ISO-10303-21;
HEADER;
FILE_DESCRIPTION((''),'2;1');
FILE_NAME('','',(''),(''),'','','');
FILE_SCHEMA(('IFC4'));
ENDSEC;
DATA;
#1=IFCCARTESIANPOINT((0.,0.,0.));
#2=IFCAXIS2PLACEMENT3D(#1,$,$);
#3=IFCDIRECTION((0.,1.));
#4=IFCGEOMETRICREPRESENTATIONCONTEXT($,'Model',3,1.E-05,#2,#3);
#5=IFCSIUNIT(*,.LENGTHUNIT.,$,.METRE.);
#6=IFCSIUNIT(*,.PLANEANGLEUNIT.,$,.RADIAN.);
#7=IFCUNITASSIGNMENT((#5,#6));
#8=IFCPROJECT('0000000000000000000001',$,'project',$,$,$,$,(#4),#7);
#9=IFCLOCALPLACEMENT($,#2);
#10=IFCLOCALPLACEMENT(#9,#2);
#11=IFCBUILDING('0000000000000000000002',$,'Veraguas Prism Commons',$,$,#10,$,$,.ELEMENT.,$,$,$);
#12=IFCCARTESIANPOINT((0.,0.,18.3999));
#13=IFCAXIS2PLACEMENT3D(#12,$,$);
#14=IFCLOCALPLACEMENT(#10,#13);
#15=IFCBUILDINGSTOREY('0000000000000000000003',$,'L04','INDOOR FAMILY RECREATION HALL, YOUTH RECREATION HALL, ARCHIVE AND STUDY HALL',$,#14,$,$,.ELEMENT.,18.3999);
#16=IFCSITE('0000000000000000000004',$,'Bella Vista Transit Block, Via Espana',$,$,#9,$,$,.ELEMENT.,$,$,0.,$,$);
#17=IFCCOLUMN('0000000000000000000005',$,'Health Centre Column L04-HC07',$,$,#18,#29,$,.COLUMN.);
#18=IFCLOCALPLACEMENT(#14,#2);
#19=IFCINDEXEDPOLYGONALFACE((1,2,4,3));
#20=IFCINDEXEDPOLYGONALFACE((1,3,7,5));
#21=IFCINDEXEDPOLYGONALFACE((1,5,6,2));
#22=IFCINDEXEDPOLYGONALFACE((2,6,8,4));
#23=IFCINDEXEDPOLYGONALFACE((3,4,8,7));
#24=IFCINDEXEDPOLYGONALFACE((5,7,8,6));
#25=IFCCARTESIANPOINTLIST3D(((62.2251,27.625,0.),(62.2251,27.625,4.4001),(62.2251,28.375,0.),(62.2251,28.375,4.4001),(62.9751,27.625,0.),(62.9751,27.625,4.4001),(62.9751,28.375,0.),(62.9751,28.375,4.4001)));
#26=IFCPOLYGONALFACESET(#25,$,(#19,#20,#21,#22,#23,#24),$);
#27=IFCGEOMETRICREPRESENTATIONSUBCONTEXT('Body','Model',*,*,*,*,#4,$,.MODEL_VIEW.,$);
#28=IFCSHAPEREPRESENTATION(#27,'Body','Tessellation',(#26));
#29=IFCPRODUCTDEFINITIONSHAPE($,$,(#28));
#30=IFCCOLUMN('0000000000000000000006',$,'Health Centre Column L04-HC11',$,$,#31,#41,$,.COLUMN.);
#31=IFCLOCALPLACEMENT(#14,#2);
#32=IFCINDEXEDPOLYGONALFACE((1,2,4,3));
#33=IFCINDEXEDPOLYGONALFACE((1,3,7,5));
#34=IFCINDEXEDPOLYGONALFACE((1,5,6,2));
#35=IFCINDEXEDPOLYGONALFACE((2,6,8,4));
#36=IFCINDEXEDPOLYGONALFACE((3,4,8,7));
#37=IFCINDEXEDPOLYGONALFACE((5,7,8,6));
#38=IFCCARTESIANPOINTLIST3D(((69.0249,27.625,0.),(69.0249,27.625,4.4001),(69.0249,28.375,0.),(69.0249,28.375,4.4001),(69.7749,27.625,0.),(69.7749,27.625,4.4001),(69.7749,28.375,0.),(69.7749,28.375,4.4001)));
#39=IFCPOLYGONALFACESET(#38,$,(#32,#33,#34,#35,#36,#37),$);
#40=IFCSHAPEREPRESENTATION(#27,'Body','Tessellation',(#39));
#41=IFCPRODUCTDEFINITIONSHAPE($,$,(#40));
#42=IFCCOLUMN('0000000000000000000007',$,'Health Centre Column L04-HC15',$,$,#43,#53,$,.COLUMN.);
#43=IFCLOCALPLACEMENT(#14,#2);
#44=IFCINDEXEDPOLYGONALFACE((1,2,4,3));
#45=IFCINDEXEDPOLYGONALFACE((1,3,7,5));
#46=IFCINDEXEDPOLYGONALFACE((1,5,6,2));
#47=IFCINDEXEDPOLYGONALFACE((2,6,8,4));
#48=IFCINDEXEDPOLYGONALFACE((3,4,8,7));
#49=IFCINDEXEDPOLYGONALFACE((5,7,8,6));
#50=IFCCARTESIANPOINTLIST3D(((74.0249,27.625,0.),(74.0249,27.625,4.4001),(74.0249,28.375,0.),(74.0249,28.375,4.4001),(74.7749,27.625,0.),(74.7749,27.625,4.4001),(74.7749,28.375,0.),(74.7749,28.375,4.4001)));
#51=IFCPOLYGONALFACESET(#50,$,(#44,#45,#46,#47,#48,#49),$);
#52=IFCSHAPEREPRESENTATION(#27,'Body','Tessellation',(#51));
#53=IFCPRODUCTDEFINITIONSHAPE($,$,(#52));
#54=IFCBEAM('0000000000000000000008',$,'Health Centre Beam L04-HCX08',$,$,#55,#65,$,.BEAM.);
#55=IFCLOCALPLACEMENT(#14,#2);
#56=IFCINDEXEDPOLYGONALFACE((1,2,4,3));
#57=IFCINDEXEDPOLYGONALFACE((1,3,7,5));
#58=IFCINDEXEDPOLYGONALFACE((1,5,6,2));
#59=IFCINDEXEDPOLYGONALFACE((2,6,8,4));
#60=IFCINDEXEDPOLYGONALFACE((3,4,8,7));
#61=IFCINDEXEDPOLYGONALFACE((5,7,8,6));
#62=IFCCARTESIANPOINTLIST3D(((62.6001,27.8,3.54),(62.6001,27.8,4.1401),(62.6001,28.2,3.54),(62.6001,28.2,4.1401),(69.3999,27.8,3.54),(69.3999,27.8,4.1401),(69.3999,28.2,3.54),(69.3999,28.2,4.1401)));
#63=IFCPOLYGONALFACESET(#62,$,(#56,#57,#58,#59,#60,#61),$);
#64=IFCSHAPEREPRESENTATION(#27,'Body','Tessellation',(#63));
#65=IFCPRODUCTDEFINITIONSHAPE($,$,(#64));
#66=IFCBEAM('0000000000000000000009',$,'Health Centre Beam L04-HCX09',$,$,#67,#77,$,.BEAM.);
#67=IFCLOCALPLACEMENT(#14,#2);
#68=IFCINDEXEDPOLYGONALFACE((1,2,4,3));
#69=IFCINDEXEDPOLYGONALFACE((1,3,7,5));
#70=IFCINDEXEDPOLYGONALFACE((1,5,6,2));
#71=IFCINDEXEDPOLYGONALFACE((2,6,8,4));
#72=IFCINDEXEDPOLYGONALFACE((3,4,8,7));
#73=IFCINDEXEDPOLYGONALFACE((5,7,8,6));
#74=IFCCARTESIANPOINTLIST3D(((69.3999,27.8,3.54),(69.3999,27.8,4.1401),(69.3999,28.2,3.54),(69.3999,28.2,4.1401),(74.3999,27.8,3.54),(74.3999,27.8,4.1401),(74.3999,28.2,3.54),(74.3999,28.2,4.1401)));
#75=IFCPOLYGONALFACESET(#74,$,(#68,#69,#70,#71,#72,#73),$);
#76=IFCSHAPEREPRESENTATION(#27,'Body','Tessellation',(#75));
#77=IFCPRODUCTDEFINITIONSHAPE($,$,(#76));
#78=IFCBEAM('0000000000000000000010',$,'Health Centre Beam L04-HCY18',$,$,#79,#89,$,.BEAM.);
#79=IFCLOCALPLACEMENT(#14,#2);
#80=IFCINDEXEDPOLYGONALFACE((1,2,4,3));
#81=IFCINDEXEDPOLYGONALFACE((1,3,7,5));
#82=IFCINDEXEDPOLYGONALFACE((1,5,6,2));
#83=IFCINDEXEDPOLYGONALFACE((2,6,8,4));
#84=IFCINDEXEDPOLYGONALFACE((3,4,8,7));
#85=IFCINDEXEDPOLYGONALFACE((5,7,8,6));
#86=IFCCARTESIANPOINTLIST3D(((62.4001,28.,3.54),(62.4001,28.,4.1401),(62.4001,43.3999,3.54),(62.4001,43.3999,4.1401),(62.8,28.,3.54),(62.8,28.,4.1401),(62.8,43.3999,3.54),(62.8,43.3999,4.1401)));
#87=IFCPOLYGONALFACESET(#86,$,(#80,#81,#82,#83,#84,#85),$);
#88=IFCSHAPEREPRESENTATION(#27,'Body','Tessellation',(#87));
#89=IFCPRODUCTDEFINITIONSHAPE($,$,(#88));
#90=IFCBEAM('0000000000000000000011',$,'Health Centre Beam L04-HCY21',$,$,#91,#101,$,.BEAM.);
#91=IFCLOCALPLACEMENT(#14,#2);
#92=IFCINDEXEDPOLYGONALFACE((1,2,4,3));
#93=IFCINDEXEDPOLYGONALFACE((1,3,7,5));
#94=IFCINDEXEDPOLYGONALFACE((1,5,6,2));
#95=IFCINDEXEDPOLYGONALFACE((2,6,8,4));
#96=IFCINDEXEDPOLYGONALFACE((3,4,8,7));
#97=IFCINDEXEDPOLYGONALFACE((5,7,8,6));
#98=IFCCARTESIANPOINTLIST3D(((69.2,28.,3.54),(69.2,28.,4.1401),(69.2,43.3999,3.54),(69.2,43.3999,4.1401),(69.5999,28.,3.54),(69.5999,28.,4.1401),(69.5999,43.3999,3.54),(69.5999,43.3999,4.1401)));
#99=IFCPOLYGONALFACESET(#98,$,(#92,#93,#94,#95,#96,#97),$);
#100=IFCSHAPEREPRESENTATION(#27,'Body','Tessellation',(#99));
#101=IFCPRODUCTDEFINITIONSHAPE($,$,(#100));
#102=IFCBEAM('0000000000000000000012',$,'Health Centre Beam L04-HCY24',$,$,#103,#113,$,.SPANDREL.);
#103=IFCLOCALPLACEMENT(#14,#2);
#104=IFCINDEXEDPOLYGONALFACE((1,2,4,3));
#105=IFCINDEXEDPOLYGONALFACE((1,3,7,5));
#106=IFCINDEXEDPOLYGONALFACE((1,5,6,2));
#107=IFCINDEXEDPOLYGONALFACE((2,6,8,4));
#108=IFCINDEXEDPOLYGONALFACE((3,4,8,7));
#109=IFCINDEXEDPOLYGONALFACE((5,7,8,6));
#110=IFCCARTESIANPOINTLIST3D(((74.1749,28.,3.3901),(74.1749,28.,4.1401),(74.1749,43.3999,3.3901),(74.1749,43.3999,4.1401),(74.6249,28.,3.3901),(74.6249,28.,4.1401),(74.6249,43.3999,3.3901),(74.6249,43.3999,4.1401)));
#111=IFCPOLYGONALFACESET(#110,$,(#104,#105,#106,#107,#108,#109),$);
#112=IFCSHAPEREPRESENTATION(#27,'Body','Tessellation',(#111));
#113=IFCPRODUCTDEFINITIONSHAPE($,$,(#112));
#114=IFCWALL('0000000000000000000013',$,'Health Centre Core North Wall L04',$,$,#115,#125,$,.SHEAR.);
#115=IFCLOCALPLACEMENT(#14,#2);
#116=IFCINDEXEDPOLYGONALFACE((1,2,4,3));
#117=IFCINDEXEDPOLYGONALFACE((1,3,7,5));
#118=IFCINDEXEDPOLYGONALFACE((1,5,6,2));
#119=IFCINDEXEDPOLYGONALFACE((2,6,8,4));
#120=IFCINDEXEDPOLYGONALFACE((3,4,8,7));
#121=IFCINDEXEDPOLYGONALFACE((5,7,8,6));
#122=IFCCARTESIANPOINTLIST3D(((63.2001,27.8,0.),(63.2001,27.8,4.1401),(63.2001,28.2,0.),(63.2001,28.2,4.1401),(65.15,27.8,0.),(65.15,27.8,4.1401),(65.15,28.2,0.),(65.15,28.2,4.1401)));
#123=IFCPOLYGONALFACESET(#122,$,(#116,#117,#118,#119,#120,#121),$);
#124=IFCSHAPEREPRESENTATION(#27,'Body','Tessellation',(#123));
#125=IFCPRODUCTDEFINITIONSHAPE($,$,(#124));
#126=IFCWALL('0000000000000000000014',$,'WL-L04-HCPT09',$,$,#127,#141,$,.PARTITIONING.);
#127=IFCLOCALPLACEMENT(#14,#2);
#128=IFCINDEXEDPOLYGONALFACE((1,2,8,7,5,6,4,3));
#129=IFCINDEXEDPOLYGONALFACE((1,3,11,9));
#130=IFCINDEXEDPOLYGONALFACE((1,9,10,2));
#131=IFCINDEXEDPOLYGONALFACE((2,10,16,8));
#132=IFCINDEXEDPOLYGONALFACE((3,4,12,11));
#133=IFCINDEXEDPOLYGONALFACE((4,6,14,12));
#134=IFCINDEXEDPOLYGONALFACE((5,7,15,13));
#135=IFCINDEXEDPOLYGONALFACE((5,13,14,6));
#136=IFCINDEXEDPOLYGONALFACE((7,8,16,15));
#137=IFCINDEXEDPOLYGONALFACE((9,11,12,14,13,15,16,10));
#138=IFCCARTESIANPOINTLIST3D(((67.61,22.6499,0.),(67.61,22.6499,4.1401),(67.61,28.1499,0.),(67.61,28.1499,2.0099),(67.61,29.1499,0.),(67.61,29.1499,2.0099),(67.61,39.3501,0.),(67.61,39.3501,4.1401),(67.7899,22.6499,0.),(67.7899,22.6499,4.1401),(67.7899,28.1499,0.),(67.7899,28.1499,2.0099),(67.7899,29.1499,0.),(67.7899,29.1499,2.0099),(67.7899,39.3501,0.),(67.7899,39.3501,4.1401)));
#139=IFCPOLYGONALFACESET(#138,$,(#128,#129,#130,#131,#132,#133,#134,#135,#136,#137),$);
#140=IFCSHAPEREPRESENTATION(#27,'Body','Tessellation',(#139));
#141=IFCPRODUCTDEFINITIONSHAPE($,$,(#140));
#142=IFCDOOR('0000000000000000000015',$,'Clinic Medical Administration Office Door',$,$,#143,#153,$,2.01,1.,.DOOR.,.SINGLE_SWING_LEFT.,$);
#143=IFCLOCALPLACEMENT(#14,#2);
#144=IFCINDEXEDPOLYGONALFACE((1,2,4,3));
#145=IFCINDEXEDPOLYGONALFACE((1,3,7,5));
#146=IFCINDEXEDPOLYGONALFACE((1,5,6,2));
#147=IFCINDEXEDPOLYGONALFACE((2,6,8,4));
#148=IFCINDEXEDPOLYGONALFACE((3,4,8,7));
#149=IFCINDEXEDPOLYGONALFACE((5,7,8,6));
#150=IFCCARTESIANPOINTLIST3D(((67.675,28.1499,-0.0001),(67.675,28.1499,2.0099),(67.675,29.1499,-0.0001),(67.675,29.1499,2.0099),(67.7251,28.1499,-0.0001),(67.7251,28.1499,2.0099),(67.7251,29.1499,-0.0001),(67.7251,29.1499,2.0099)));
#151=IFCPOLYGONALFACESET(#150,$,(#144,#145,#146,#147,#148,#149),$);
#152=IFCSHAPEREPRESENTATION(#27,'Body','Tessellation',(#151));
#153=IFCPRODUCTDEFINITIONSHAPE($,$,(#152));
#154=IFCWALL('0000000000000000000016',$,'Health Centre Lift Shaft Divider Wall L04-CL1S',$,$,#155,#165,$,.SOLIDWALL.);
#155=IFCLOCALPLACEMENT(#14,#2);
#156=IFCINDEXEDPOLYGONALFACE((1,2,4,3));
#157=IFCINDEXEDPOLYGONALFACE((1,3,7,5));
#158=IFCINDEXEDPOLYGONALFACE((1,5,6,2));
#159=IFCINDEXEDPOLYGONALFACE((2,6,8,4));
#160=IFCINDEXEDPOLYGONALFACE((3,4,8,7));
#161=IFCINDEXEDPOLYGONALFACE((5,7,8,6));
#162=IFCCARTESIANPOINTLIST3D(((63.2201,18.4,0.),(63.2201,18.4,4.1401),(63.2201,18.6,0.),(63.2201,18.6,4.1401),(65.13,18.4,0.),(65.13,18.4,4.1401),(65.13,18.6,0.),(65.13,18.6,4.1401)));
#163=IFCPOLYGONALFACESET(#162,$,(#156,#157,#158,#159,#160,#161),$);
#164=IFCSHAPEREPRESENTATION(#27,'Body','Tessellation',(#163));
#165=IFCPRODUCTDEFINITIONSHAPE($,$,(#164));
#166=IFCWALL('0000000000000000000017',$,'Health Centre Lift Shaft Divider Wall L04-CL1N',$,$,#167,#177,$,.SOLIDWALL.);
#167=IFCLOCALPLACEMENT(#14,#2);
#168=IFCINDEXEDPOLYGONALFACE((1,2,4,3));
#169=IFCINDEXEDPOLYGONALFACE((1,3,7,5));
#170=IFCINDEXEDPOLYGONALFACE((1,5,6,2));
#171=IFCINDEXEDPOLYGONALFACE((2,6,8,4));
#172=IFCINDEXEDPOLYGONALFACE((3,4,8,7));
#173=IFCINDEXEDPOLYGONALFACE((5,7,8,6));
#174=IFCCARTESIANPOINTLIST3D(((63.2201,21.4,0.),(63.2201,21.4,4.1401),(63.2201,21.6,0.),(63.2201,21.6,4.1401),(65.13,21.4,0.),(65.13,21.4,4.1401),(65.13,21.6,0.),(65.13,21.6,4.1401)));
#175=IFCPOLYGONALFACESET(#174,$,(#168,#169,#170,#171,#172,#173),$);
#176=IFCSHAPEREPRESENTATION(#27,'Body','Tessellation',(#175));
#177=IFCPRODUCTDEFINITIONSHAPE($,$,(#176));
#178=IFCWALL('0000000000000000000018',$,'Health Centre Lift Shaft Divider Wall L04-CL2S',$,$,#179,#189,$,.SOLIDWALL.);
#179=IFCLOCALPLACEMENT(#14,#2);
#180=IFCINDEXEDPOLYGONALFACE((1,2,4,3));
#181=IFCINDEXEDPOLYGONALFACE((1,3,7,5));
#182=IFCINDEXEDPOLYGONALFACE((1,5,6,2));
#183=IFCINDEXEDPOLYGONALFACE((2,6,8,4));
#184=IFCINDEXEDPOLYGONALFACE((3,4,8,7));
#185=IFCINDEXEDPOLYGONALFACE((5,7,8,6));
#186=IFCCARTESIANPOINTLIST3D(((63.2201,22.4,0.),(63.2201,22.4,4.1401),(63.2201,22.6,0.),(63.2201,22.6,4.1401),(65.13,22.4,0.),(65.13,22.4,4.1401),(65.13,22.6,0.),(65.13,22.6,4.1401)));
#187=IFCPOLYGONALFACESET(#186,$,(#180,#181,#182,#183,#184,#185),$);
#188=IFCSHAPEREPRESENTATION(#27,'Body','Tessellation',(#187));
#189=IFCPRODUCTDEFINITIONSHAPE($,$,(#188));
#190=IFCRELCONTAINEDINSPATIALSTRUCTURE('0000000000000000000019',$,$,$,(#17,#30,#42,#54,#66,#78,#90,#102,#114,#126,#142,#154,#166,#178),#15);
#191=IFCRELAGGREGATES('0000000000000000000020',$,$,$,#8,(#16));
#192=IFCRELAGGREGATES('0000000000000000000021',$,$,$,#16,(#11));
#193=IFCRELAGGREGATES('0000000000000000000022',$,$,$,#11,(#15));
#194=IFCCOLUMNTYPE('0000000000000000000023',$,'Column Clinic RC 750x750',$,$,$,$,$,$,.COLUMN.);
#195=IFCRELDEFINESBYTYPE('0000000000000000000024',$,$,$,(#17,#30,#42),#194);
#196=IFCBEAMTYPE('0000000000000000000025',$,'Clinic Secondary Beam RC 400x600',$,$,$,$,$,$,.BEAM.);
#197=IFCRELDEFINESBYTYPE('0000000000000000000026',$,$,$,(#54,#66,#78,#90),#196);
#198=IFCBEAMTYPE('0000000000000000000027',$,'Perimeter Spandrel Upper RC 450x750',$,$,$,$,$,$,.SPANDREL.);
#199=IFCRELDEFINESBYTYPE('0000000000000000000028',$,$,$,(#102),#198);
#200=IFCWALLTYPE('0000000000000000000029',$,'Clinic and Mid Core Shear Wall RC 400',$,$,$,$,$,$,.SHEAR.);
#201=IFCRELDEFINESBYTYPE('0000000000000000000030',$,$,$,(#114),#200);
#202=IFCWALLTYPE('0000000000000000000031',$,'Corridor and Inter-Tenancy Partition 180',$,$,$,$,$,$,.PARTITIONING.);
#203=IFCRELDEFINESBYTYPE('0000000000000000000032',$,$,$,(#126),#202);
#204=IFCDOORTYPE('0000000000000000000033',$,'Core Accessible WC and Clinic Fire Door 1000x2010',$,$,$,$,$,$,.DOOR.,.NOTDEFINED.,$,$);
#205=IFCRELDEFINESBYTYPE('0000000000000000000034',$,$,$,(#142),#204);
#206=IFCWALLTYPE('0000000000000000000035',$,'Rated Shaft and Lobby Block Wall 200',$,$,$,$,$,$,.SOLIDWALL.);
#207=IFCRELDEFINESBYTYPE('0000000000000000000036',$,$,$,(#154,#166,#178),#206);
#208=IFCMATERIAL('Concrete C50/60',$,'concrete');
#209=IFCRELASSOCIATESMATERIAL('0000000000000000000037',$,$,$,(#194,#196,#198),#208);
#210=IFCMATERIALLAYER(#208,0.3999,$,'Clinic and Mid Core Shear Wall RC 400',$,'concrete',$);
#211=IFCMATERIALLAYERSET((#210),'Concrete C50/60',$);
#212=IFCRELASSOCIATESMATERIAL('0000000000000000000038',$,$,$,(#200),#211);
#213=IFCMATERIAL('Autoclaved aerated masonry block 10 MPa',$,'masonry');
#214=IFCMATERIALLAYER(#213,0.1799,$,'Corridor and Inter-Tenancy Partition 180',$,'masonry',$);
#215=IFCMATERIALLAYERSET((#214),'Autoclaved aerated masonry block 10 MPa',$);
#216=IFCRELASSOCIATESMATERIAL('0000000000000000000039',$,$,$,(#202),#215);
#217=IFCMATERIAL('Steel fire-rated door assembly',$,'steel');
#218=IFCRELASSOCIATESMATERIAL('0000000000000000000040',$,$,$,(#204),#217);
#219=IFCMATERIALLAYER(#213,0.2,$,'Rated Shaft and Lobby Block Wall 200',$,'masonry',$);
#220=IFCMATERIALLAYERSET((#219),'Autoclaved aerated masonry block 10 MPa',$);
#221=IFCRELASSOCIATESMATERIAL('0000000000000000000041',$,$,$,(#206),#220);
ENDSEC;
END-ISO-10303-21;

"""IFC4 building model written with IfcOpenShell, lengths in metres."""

from ifc_helpers import new_model, si_unit, direction, frame, frame_2d, origin, origin_2d, place, context, subcontext, project, spatial, rectangle, extrude, source, transform, mapped, material, layer, layer_set, material_profile, profile_set, type_object, element, fill, save


model = new_model("IFC4")

# Units and contexts
model_context = context("Model", 3, precision=1e-05, world=origin(), true_north=direction((0.0, 1.0)))
body_context = subcontext(model_context, "Body", "Model", "MODEL_VIEW")
ifc_project = project(units=[si_unit("LENGTHUNIT", "METRE"), si_unit("PLANEANGLEUNIT", "RADIAN")], contexts=[model_context])

# Site, building, storey
site_placement = place(None, origin())
site = spatial("IfcSite", under=ifc_project, at=site_placement, Name="Bella Vista Transit Block, Via Espana", CompositionType="ELEMENT", RefElevation=0.0)
building_placement = place(site_placement, origin())
building = spatial("IfcBuilding", under=site, at=building_placement, Name="Veraguas Prism Commons", CompositionType="ELEMENT")
storey_placement = place(building_placement, frame((0.0, 0.0, 18.3999)))
storey = spatial("IfcBuildingStorey", under=building, at=storey_placement, Name="L04", Description="INDOOR FAMILY RECREATION HALL, YOUTH RECREATION HALL, ARCHIVE AND STUDY HALL", CompositionType="ELEMENT", Elevation=18.3999)

# Columns
ifc_material_1 = material(Name="Concrete C50/60", Category="concrete")
ifc_material_profile_1 = material_profile(ifc_material_1, rectangle(XDim=0.75, YDim=0.75, at=origin_2d()), Name="RC750X750")
ifc_profile_set_1 = profile_set([ifc_material_profile_1], Name="Concrete C50/60")
column_type = type_object("IfcColumnType", Name="Column Clinic RC 750x750", PredefinedType="COLUMN", material=ifc_profile_set_1)
for number, where, z_axis, x_axis, name in (
    (1, (62.6001, 28.0, 0.0), (0.0, 0.0, 1.0), (1.0, 0.0, 0.0), "Health Centre Column L04-HC07"),
    (2, (69.3999, 28.0, 0.0), (0.0, 0.0, 1.0), (1.0, 0.0, 0.0), "Health Centre Column L04-HC11"),
    (3, (74.3999, 28.0, 0.0), (0.0, 0.0, 1.0), (1.0, 0.0, 0.0), "Health Centre Column L04-HC15"),
):
    element("IfcColumn", number, at=place(storey_placement, frame(where, z_axis=z_axis, x_axis=x_axis)), inside=storey, type_object=column_type, Name=name, PredefinedType="COLUMN", context=body_context, shape_type="SweptSolid", body=[
        extrude(rectangle(XDim=0.75, YDim=0.75, at=origin_2d()), origin(), (0.0, 0.0, 1.0), 4.4001),
    ])

# Beams
ifc_material_profile_2 = material_profile(ifc_material_1, rectangle(XDim=0.3999, YDim=0.6001, at=origin_2d()), Name="RC400X600")
ifc_profile_set_2 = profile_set([ifc_material_profile_2], Name="Concrete C50/60")
beam_type_1 = type_object("IfcBeamType", Name="Clinic Secondary Beam RC 400x600", PredefinedType="BEAM", material=ifc_profile_set_2)
beam_1_placement = place(storey_placement, frame((62.6001, 28.0, 3.8401), z_axis=(1.0, 0.0, 0.0), x_axis=(0.0, 1.0, 0.0)))
element("IfcBeam", 4, at=beam_1_placement, inside=storey, type_object=beam_type_1, Name="Health Centre Beam L04-HCX08", PredefinedType="BEAM", context=body_context, shape_type="SweptSolid", body=[
    extrude(rectangle(XDim=0.3999, YDim=0.6001, at=origin_2d()), origin(), (0.0, 0.0, 1.0), 6.7998),
])
beam_2_placement = place(storey_placement, frame((69.3999, 28.0, 3.8401), z_axis=(1.0, 0.0, 0.0), x_axis=(0.0, 1.0, 0.0)))
element("IfcBeam", 5, at=beam_2_placement, inside=storey, type_object=beam_type_1, Name="Health Centre Beam L04-HCX09", PredefinedType="BEAM", context=body_context, shape_type="SweptSolid", body=[
    extrude(rectangle(XDim=0.3999, YDim=0.6001, at=origin_2d()), origin(), (0.0, 0.0, 1.0), 5.0),
])
for number, where, z_axis, x_axis, name in (
    (6, (62.6001, 28.0, 3.8401), (0.0, 1.0, 0.0), (-1.0, 0.0, 0.0), "Health Centre Beam L04-HCY18"),
    (7, (69.3999, 28.0, 3.8401), (0.0, 1.0, 0.0), (-1.0, 0.0, 0.0), "Health Centre Beam L04-HCY21"),
):
    element("IfcBeam", number, at=place(storey_placement, frame(where, z_axis=z_axis, x_axis=x_axis)), inside=storey, type_object=beam_type_1, Name=name, PredefinedType="BEAM", context=body_context, shape_type="SweptSolid", body=[
        extrude(rectangle(XDim=0.3999, YDim=0.6001, at=origin_2d()), origin(), (0.0, 0.0, 1.0), 15.3999),
    ])
ifc_material_profile_3 = material_profile(ifc_material_1, rectangle(XDim=0.45, YDim=0.75, at=origin_2d()), Name="RC450X750")
ifc_profile_set_3 = profile_set([ifc_material_profile_3], Name="Concrete C50/60")
beam_type_2 = type_object("IfcBeamType", Name="Perimeter Spandrel Upper RC 450x750", PredefinedType="SPANDREL", material=ifc_profile_set_3)
beam_3_placement = place(storey_placement, frame((74.3999, 28.0, 3.7651), z_axis=(0.0, 1.0, 0.0), x_axis=(-1.0, 0.0, 0.0)))
element("IfcBeam", 8, at=beam_3_placement, inside=storey, type_object=beam_type_2, Name="Health Centre Beam L04-HCY24", PredefinedType="SPANDREL", context=body_context, shape_type="SweptSolid", body=[
    extrude(rectangle(XDim=0.45, YDim=0.75, at=origin_2d()), origin(), (0.0, 0.0, 1.0), 15.3999),
])

# Wall
ifc_layer_1 = layer(ifc_material_1, 0.3999, Name="Clinic and Mid Core Shear Wall RC 400", Category="concrete")
ifc_layer_set_1 = layer_set([ifc_layer_1], Name="Concrete C50/60")
wall_type_1 = type_object("IfcWallType", Name="Clinic and Mid Core Shear Wall RC 400", PredefinedType="SHEAR", material=ifc_layer_set_1)
wall_1_placement = place(storey_placement, frame((63.2, 28.0, 0.0), z_axis=(0.0, 0.0, 1.0), x_axis=(1.0, 0.0, 0.0)))
element("IfcWall", 9, at=wall_1_placement, inside=storey, type_object=wall_type_1, Name="Health Centre Core North Wall L04", PredefinedType="SHEAR", context=body_context, shape_type="SweptSolid", body=[
    extrude(rectangle(XDim=1.95, YDim=0.3999, at=frame_2d((0.9751, 0.0))), origin(), (0.0, 0.0, 1.0), 4.1401),
])

# Wall, opening, door
ifc_material_2 = material(Name="Autoclaved aerated masonry block 10 MPa", Category="masonry")
ifc_layer_2 = layer(ifc_material_2, 0.1799, Name="Corridor and Inter-Tenancy Partition 180", Category="masonry")
ifc_layer_set_2 = layer_set([ifc_layer_2], Name="Autoclaved aerated masonry block 10 MPa")
wall_type_2 = type_object("IfcWallType", Name="Corridor and Inter-Tenancy Partition 180", PredefinedType="PARTITIONING", material=ifc_layer_set_2)
wall_2_placement = place(storey_placement, frame((67.7, 22.6499, 0.0), z_axis=(0.0, 0.0, 1.0), x_axis=(0.0, 1.0, 0.0)))
wall_2 = element("IfcWall", 10, at=wall_2_placement, inside=storey, type_object=wall_type_2, Name="WL-L04-HCPT09", PredefinedType="PARTITIONING", context=body_context, shape_type="SweptSolid", body=[
    extrude(rectangle(XDim=16.7002, YDim=0.1799, at=frame_2d((8.3501, 0.0))), origin(), (0.0, 0.0, 1.0), 4.1401),
])
opening_placement = place(wall_2_placement, frame((5.5, 0.0, 0.0)))
opening = element("IfcOpeningElement", 11, at=opening_placement, cuts=wall_2, PredefinedType="OPENING", context=body_context, shape_type="SweptSolid", body=[
    extrude(rectangle(XDim=1.0, YDim=2.01, at=frame_2d((0.5, 1.0049))), frame((0.0, 0.0999, 0.0), z_axis=(0.0, -1.0, 0.0), x_axis=(1.0, 0.0, 0.0)), (0.0, 0.0, 1.0), 0.2),
])
ifc_material_3 = material(Name="Steel fire-rated door assembly", Category="steel")
door_type = type_object("IfcDoorType", Name="Core Accessible WC and Clinic Fire Door 1000x2010", OperationType="NOTDEFINED", PredefinedType="DOOR", material=ifc_material_3)
shared_shape = source(origin(), body_context, "Body", "SweptSolid", [
    extrude(rectangle(XDim=1.0, YDim=2.01, at=frame_2d((0.5, 1.0049))), frame((0.0, 0.0249, 0.0), z_axis=(0.0, -1.0, 0.0), x_axis=(1.0, 0.0, 0.0)), (0.0, 0.0, 1.0), 0.05),
])
door_placement = place(opening_placement, origin())
door = element("IfcDoor", 12, at=door_placement, inside=storey, type_object=door_type, Name="Clinic Medical Administration Office Door", OperationType="SINGLE_SWING_LEFT", OverallHeight=2.01, OverallWidth=1.0, PredefinedType="DOOR", context=body_context, shape_type="MappedRepresentation", body=[
    mapped(shared_shape, transform((0.0, 0.0, 0.0), scale=1.0)),
])
fill(opening, door)

# Walls
ifc_layer_3 = layer(ifc_material_2, 0.2, Name="Rated Shaft and Lobby Block Wall 200", Category="masonry")
ifc_layer_set_3 = layer_set([ifc_layer_3], Name="Autoclaved aerated masonry block 10 MPa")
wall_type_3 = type_object("IfcWallType", Name="Rated Shaft and Lobby Block Wall 200", PredefinedType="SOLIDWALL", material=ifc_layer_set_3)
for number, where, z_axis, x_axis, name in (
    (13, (63.22, 18.5, 0.0), (0.0, 0.0, 1.0), (1.0, 0.0, 0.0), "Health Centre Lift Shaft Divider Wall L04-CL1S"),
    (14, (63.22, 21.5, 0.0), (0.0, 0.0, 1.0), (1.0, 0.0, 0.0), "Health Centre Lift Shaft Divider Wall L04-CL1N"),
    (15, (63.22, 22.5, 0.0), (0.0, 0.0, 1.0), (1.0, 0.0, 0.0), "Health Centre Lift Shaft Divider Wall L04-CL2S"),
):
    element("IfcWall", number, at=place(storey_placement, frame(where, z_axis=z_axis, x_axis=x_axis)), inside=storey, type_object=wall_type_3, Name=name, PredefinedType="SOLIDWALL", context=body_context, shape_type="SweptSolid", body=[
        extrude(rectangle(XDim=1.9099, YDim=0.2, at=frame_2d((0.9551, 0.0))), origin(), (0.0, 0.0, 1.0), 4.1401),
    ])

save(model, "model.ifc")
